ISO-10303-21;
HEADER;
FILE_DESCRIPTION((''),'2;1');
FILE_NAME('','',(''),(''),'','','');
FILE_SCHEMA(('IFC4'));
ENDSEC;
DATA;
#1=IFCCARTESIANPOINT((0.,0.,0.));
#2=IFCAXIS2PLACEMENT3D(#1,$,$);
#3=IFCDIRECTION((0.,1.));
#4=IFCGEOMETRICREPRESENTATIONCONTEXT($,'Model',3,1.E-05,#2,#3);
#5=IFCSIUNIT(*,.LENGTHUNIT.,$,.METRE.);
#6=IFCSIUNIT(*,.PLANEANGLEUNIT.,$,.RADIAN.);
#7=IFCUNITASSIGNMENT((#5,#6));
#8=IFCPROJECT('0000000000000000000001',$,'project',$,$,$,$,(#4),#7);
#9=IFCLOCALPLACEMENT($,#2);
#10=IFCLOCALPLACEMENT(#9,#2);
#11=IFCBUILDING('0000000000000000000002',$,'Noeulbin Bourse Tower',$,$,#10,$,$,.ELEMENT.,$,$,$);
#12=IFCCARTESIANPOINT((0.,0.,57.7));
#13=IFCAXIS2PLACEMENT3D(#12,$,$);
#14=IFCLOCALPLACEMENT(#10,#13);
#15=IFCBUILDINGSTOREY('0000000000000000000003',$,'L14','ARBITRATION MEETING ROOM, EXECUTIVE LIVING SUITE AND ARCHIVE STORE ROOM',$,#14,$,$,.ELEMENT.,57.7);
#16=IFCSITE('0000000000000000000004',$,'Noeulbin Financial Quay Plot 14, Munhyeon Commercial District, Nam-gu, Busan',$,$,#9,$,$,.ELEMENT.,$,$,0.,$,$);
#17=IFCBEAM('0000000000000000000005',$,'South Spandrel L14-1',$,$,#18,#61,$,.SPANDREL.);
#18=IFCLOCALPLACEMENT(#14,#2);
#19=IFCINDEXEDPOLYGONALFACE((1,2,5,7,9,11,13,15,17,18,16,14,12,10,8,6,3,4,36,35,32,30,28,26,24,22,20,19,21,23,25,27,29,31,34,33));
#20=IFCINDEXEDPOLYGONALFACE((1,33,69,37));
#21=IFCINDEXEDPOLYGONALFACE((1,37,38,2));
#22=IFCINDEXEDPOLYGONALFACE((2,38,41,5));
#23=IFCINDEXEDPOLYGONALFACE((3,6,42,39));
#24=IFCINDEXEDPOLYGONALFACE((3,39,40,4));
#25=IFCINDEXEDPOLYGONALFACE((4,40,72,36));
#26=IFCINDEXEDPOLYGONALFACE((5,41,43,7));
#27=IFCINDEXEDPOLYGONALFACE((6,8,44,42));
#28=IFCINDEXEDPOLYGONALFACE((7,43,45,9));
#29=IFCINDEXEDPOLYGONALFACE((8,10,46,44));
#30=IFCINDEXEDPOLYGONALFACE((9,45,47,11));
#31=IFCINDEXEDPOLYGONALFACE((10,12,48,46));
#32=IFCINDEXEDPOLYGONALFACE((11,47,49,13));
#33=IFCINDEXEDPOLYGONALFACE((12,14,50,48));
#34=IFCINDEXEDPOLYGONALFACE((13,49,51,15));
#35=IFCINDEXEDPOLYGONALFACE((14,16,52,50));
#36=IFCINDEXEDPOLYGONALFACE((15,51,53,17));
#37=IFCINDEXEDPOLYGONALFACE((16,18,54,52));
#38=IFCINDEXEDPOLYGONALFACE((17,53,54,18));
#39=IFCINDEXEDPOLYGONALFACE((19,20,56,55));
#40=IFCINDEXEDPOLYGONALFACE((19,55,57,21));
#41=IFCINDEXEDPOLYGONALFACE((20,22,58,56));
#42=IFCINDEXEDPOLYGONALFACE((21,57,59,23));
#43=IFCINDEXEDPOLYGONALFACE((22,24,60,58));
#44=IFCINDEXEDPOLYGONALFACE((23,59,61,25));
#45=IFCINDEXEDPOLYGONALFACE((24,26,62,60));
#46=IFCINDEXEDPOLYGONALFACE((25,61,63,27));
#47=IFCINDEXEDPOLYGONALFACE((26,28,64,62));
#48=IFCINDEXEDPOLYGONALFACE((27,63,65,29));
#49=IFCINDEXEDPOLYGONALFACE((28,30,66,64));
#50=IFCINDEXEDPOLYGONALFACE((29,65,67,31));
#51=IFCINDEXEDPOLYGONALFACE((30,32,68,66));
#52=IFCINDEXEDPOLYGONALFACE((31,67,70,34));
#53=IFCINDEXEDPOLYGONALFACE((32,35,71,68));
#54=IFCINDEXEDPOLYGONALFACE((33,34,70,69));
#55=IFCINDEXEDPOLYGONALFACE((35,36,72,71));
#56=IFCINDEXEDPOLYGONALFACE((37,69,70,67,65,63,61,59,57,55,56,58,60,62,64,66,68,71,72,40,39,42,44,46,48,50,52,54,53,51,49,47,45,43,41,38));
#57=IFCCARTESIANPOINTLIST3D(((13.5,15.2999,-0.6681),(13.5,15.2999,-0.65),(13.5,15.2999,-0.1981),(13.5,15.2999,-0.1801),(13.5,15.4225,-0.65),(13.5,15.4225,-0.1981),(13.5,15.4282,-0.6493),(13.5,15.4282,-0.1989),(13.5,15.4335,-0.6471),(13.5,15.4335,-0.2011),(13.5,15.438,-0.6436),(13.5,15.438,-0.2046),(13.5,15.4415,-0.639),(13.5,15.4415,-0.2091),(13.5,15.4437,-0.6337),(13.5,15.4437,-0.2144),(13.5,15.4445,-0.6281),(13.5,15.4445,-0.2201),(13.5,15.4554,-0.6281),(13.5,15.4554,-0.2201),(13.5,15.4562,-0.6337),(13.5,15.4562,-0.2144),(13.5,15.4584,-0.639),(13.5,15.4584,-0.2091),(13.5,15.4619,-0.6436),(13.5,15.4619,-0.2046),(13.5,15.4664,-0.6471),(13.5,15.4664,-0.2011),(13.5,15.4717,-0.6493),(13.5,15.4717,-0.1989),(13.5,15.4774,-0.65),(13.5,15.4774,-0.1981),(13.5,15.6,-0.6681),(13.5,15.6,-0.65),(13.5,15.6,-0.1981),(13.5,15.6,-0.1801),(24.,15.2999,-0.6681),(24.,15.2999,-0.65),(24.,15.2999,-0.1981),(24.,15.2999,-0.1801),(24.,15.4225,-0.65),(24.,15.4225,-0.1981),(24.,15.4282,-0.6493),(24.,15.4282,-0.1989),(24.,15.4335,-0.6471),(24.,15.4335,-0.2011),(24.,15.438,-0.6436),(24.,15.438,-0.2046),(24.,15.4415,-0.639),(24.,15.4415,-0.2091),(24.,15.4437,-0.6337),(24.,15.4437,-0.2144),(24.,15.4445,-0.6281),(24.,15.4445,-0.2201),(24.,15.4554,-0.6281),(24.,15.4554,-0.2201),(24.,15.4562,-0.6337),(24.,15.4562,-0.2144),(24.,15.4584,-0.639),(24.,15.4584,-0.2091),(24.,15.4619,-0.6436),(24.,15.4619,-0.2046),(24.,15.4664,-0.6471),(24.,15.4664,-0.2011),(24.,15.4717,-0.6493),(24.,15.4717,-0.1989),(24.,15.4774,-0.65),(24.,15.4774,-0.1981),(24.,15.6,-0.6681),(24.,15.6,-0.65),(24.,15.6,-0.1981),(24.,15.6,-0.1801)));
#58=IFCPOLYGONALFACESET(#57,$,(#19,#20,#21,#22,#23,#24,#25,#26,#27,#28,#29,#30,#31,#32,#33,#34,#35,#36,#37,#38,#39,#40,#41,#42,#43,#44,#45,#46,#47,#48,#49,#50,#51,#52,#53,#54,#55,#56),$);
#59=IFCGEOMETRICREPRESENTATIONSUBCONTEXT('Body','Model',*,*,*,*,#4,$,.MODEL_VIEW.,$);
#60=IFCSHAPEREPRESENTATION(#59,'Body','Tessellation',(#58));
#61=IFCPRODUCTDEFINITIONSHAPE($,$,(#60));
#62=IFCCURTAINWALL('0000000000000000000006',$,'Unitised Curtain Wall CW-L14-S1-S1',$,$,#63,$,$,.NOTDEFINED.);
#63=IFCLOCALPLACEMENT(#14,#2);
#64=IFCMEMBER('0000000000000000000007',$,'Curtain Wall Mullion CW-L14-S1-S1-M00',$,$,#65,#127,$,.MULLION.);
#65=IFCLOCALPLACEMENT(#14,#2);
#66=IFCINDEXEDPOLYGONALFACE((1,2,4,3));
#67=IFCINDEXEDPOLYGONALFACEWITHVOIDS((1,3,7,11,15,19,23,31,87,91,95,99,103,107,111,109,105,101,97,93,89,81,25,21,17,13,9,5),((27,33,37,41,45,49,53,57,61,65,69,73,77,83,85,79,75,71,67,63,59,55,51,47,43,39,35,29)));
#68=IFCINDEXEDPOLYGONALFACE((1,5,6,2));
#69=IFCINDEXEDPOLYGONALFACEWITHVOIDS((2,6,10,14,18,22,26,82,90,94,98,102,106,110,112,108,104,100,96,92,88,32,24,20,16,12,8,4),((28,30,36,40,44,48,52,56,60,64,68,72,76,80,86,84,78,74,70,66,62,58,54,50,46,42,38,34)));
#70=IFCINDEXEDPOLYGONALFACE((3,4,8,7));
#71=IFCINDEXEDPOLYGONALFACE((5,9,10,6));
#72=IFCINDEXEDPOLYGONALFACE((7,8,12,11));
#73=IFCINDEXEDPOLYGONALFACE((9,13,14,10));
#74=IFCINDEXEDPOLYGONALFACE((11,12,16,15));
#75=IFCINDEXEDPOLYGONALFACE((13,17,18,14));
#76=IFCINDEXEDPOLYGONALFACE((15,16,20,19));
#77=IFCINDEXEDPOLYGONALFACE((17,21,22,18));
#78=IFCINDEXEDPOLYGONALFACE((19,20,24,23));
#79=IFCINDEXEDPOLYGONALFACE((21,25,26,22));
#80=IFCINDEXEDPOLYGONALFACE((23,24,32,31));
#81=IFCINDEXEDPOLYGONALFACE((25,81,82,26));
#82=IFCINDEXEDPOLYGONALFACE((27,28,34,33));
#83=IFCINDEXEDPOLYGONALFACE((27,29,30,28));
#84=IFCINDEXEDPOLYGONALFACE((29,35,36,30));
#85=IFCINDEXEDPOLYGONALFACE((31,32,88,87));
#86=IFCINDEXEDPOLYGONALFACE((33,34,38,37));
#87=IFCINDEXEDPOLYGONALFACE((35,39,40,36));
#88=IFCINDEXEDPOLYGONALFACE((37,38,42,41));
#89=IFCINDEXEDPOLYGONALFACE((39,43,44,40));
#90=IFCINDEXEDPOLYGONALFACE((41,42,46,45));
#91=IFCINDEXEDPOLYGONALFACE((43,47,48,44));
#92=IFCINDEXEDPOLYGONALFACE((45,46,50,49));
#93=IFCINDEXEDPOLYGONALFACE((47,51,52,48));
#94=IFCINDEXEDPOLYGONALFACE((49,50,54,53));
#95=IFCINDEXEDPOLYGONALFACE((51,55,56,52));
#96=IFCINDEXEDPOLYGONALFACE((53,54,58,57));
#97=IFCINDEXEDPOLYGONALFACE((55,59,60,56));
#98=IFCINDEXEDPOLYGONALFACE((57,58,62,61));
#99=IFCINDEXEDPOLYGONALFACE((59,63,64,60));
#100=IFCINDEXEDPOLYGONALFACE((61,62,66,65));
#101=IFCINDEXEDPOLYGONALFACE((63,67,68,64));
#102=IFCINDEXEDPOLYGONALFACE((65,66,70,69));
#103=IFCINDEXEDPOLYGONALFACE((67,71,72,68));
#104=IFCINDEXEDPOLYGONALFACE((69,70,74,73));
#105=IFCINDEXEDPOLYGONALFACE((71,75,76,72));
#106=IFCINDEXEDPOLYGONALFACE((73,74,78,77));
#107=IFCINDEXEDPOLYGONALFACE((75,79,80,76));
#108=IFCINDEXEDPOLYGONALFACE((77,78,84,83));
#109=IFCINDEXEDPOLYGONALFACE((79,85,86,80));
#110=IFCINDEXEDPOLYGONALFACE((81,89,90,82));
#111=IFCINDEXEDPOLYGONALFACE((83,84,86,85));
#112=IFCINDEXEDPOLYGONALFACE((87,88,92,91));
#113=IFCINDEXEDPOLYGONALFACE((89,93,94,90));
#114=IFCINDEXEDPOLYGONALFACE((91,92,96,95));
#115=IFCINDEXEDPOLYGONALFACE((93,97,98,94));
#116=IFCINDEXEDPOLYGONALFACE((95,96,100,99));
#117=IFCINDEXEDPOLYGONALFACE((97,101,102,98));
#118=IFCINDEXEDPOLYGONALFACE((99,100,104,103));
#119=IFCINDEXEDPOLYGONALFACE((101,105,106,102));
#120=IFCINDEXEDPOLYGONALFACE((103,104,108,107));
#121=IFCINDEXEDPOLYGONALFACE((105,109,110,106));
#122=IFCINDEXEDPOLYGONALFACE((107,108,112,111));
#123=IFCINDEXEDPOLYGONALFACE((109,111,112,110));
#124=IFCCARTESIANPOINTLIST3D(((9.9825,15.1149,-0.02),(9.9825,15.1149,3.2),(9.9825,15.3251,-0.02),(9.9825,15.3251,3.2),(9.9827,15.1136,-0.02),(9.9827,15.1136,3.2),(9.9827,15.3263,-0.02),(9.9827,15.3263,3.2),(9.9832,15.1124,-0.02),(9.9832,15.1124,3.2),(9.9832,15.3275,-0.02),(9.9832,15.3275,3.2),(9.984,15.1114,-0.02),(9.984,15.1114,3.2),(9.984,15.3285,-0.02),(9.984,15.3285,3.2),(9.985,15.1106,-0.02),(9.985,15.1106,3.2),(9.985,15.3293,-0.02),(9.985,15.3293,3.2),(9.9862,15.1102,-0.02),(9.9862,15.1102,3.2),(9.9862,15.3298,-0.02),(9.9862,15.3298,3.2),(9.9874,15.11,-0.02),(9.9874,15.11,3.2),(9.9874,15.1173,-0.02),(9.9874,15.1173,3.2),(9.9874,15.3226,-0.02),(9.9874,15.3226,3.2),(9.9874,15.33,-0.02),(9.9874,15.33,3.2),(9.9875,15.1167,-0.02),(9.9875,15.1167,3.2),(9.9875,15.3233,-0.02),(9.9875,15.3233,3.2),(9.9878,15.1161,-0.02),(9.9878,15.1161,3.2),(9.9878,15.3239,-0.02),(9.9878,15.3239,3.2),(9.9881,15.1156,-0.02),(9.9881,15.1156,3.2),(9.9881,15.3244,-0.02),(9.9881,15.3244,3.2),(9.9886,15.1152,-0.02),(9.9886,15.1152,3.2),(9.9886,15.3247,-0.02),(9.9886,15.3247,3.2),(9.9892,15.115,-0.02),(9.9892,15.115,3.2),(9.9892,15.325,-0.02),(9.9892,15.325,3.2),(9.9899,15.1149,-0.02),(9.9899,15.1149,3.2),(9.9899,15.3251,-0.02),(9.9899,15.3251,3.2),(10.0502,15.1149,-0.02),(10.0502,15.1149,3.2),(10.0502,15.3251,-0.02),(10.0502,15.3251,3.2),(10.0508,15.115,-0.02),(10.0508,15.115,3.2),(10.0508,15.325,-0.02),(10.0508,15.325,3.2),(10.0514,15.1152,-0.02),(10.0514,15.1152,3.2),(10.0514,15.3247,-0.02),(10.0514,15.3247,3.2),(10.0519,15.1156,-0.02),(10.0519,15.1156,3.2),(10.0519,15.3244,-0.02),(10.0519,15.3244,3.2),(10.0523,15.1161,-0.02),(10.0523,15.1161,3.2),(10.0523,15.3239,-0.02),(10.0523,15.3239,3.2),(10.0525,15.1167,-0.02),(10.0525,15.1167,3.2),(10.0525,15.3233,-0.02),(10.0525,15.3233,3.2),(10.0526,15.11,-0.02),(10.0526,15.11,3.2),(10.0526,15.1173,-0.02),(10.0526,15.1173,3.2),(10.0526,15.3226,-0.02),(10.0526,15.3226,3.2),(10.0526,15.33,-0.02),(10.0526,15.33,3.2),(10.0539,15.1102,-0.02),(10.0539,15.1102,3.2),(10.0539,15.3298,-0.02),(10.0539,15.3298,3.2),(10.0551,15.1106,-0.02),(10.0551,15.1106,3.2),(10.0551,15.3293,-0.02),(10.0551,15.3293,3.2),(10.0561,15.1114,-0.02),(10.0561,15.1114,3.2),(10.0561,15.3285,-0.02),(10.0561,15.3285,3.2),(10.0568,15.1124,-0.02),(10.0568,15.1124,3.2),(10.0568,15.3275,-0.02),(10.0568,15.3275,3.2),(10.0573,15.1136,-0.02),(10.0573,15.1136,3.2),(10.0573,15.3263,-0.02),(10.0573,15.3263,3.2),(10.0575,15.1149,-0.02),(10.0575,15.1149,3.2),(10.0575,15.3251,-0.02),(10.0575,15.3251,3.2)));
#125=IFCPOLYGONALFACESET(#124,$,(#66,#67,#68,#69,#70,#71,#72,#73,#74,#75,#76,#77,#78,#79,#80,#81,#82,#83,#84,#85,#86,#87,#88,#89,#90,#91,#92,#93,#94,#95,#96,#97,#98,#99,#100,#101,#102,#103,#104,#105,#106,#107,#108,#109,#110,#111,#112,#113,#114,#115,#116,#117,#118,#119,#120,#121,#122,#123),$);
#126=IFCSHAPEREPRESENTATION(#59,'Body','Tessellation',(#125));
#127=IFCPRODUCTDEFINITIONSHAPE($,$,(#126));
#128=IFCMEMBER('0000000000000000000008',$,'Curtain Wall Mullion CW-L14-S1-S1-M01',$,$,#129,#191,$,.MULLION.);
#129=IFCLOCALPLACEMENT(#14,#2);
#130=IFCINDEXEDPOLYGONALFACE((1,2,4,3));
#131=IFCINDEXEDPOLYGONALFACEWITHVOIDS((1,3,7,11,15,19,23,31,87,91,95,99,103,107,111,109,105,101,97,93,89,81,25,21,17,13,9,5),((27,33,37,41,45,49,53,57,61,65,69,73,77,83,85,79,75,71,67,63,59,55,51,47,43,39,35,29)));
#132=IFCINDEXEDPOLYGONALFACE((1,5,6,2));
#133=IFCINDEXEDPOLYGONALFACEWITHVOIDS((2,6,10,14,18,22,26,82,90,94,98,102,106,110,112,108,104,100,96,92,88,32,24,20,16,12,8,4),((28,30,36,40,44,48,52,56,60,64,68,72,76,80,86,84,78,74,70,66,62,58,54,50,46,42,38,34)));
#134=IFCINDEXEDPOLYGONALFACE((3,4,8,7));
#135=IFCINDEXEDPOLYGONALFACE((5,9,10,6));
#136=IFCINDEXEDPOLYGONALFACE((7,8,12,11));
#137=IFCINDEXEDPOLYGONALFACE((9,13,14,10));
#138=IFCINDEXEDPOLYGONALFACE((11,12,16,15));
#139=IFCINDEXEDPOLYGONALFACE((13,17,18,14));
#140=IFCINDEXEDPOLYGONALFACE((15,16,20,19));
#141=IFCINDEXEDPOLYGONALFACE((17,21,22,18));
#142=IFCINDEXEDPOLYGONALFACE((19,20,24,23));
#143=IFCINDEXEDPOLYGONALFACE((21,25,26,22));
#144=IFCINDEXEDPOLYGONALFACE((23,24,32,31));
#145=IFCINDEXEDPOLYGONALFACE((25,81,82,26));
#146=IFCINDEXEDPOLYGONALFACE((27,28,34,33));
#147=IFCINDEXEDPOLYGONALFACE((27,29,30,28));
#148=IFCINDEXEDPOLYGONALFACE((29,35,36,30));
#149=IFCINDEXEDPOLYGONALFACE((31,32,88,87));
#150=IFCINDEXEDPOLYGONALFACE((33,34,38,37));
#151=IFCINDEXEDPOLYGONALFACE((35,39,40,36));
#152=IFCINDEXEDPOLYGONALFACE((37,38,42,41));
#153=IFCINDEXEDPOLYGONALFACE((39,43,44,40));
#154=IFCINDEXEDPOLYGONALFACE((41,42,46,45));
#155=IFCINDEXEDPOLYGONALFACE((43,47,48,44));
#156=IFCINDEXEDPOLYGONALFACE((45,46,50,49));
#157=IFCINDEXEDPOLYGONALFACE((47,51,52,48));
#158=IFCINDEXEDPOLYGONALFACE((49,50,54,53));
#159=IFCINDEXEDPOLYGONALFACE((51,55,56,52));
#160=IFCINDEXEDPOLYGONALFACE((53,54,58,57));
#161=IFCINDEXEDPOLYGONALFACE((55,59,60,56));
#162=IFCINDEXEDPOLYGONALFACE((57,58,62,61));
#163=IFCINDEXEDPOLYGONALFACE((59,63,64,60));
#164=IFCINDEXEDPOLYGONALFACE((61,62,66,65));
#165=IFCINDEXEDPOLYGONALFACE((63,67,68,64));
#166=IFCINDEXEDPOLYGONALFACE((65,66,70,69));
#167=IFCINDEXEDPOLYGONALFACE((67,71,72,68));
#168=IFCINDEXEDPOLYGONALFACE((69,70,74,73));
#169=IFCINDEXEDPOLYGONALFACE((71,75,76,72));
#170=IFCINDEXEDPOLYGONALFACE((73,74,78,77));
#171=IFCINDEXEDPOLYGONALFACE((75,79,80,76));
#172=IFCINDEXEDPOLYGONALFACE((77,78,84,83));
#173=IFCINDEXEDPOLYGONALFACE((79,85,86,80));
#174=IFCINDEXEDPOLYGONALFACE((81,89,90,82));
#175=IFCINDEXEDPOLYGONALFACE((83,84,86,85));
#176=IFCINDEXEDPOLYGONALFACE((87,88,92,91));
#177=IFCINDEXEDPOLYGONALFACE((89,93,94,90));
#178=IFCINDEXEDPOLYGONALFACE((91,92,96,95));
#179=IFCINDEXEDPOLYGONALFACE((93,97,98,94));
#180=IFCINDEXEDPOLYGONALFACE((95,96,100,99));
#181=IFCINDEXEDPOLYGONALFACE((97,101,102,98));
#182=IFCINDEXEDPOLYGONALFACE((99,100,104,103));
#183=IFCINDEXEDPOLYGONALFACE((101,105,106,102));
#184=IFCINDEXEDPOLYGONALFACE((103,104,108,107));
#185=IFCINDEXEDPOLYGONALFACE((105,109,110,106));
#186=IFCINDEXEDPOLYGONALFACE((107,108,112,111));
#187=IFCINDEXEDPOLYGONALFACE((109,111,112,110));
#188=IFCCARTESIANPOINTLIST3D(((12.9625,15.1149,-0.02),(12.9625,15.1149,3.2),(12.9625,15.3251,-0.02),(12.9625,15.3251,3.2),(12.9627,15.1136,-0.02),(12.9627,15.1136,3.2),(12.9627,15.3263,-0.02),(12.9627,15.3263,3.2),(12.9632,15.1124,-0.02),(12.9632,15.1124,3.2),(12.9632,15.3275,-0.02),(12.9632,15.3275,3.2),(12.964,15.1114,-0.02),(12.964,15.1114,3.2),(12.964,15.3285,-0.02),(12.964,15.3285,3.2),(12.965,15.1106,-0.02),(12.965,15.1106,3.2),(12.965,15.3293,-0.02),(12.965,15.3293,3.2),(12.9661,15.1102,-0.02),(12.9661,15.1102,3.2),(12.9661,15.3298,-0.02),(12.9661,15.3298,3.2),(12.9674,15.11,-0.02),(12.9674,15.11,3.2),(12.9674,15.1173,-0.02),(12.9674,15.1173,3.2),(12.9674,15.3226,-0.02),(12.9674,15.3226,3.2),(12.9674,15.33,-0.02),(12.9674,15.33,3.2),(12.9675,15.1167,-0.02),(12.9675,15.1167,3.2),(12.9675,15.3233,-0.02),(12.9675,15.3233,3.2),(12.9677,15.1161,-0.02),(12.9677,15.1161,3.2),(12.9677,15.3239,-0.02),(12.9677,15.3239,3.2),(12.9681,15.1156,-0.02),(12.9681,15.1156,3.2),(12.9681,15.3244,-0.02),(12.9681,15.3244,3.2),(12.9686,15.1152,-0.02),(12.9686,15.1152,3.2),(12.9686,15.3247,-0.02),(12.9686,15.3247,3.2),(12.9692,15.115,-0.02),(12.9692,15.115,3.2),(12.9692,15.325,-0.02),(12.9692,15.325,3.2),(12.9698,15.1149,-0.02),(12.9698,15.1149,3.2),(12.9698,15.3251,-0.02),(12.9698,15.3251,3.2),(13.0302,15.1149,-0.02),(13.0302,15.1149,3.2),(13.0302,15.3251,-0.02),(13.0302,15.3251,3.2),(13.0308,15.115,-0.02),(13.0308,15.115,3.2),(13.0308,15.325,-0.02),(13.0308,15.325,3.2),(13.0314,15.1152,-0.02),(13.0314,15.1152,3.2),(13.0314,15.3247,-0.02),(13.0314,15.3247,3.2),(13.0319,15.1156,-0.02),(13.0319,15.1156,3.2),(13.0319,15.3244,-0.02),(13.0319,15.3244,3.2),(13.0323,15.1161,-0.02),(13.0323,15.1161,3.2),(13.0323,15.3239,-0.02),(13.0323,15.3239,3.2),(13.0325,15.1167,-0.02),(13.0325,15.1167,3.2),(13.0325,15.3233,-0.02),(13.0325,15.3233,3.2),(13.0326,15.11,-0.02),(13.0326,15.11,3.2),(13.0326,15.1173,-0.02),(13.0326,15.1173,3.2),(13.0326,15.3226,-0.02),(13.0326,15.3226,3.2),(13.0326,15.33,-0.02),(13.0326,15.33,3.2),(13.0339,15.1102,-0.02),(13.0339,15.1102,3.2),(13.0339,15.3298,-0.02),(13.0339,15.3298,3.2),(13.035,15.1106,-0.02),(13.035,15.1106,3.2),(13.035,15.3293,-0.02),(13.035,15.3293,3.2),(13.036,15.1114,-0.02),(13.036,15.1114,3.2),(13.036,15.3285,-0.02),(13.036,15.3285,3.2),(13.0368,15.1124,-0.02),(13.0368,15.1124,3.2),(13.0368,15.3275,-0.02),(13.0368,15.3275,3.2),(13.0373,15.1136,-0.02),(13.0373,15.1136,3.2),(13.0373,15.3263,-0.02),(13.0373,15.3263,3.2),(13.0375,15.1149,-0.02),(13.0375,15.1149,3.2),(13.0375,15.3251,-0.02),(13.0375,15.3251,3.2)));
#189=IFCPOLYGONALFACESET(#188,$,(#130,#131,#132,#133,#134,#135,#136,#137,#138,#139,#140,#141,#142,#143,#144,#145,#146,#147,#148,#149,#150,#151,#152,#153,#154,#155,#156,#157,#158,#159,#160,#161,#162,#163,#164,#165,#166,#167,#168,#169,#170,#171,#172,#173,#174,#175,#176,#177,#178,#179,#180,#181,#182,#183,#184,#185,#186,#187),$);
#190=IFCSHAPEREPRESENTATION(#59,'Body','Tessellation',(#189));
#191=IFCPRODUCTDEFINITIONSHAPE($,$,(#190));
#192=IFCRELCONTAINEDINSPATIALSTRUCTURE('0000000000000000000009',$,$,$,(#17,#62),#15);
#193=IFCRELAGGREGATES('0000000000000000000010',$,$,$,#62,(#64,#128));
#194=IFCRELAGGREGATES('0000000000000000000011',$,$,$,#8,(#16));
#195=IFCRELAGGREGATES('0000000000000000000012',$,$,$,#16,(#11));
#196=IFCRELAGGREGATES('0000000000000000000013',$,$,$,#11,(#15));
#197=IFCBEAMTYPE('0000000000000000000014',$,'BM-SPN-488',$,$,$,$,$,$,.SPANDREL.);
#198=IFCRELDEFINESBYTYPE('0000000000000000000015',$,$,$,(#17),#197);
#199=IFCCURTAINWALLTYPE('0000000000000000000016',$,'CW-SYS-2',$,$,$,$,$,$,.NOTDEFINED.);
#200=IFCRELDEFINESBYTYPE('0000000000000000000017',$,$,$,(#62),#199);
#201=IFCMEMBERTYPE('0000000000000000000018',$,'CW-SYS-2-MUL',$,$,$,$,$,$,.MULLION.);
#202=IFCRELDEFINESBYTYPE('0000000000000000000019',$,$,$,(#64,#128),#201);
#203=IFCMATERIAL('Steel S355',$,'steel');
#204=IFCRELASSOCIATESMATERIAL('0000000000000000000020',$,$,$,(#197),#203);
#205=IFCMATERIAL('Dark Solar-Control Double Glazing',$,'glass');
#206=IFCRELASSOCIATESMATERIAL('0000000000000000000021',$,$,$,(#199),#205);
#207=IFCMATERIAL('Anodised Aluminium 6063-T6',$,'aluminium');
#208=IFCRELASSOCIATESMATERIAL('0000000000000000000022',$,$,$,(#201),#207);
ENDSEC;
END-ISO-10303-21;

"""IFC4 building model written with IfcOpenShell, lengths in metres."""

from ifc_helpers import new_model, si_unit, direction, frame, origin, origin_2d, place, context, subcontext, project, spatial, hollow_rectangle, i_section, extrude, material, material_profile, profile_set, type_object, element, aggregate, save


model = new_model("IFC4")

# Units and contexts
model_context = context("Model", 3, precision=1e-05, world=origin(), true_north=direction((0.0, 1.0)))
body_context = subcontext(model_context, "Body", "Model", "MODEL_VIEW")
ifc_project = project(units=[si_unit("LENGTHUNIT", "METRE"), si_unit("PLANEANGLEUNIT", "RADIAN")], contexts=[model_context])

# Site, building, storey
site_placement = place(None, origin())
site = spatial("IfcSite", under=ifc_project, at=site_placement, Name="Noeulbin Financial Quay Plot 14, Munhyeon Commercial District, Nam-gu, Busan", CompositionType="ELEMENT", RefElevation=0.0)
building_placement = place(site_placement, origin())
building = spatial("IfcBuilding", under=site, at=building_placement, Name="Noeulbin Bourse Tower", CompositionType="ELEMENT")
storey_placement = place(building_placement, frame((0.0, 0.0, 57.7)))
storey = spatial("IfcBuildingStorey", under=building, at=storey_placement, Name="L14", Description="ARBITRATION MEETING ROOM, EXECUTIVE LIVING SUITE AND ARCHIVE STORE ROOM", CompositionType="ELEMENT", Elevation=57.7)

# Beam
ifc_material_1 = material(Name="Steel S355", Category="steel")
ifc_material_profile_1 = material_profile(ifc_material_1, i_section(OverallWidth=0.3, OverallDepth=0.488, WebThickness=0.011, FlangeThickness=0.0181, FilletRadius=0.022, at=origin_2d()), Name="H-488x300x11x18", Category="LoadBearing")
ifc_profile_set_1 = profile_set([ifc_material_profile_1], Name="Steel S355")
beam_type_1 = type_object("IfcBeamType", Name="BM-SPN-488", PredefinedType="SPANDREL", material=ifc_profile_set_1)
beam_1_placement = place(storey_placement, frame((13.5, 15.45, -0.4241), z_axis=(1.0, 0.0, 0.0), x_axis=(0.0, 1.0, 0.0)))
element("IfcBeam", 1, at=beam_1_placement, inside=storey, type_object=beam_type_1, Name="South Spandrel L14-1", PredefinedType="SPANDREL", context=body_context, shape_type="SweptSolid", body=[
    extrude(i_section(OverallWidth=0.3, OverallDepth=0.488, WebThickness=0.011, FlangeThickness=0.0181, FilletRadius=0.022, at=origin_2d()), origin(), (0.0, 0.0, 1.0), 10.5),
])

# Curtain wall, members
ifc_material_2 = material(Name="Dark Solar-Control Double Glazing", Category="glass")
curtain_wall_type = type_object("IfcCurtainWallType", Name="CW-SYS-2", PredefinedType="NOTDEFINED", material=ifc_material_2)
curtain_wall_1_placement = place(storey_placement, origin())
curtain_wall_1 = element("IfcCurtainWall", 2, at=curtain_wall_1_placement, inside=storey, type_object=curtain_wall_type, Name="Unitised Curtain Wall CW-L14-S1-S1", PredefinedType="NOTDEFINED")
ifc_material_3 = material(Name="Anodised Aluminium 6063-T6", Category="aluminium")
ifc_material_profile_2 = material_profile(ifc_material_3, hollow_rectangle(XDim=0.075, YDim=0.22, WallThickness=0.0049, InnerFilletRadius=0.0024, OuterFilletRadius=0.0049, at=origin_2d()), Name="ALU-MULL-75x220x5", Category="LoadBearing")
ifc_profile_set_2 = profile_set([ifc_material_profile_2], Name="Anodised Aluminium 6063-T6")
member_type_1 = type_object("IfcMemberType", Name="CW-SYS-2-MUL", PredefinedType="MULLION", material=ifc_profile_set_2)
member_1_placement = place(storey_placement, frame((10.02, 15.22, -0.02), z_axis=(0.0, 0.0, 1.0), x_axis=(1.0, 0.0, 0.0)))
member_1 = element("IfcMember", 3, at=member_1_placement, type_object=member_type_1, Name="Curtain Wall Mullion CW-L14-S1-S1-M00", PredefinedType="MULLION", context=body_context, shape_type="SweptSolid", body=[
    extrude(hollow_rectangle(XDim=0.075, YDim=0.22, WallThickness=0.0049, InnerFilletRadius=0.0024, OuterFilletRadius=0.0049, at=origin_2d()), origin(), (0.0, 0.0, 1.0), 3.22),
])
member_2_placement = place(storey_placement, frame((13.0, 15.22, -0.02), z_axis=(0.0, 0.0, 1.0), x_axis=(1.0, 0.0, 0.0)))
member_2 = element("IfcMember", 4, at=member_2_placement, type_object=member_type_1, Name="Curtain Wall Mullion CW-L14-S1-S1-M01", PredefinedType="MULLION", context=body_context, shape_type="SweptSolid", body=[
    extrude(hollow_rectangle(XDim=0.075, YDim=0.22, WallThickness=0.0049, InnerFilletRadius=0.0024, OuterFilletRadius=0.0049, at=origin_2d()), origin(), (0.0, 0.0, 1.0), 3.22),
])

aggregate(curtain_wall_1, [member_1, member_2])

save(model, "model.ifc")
